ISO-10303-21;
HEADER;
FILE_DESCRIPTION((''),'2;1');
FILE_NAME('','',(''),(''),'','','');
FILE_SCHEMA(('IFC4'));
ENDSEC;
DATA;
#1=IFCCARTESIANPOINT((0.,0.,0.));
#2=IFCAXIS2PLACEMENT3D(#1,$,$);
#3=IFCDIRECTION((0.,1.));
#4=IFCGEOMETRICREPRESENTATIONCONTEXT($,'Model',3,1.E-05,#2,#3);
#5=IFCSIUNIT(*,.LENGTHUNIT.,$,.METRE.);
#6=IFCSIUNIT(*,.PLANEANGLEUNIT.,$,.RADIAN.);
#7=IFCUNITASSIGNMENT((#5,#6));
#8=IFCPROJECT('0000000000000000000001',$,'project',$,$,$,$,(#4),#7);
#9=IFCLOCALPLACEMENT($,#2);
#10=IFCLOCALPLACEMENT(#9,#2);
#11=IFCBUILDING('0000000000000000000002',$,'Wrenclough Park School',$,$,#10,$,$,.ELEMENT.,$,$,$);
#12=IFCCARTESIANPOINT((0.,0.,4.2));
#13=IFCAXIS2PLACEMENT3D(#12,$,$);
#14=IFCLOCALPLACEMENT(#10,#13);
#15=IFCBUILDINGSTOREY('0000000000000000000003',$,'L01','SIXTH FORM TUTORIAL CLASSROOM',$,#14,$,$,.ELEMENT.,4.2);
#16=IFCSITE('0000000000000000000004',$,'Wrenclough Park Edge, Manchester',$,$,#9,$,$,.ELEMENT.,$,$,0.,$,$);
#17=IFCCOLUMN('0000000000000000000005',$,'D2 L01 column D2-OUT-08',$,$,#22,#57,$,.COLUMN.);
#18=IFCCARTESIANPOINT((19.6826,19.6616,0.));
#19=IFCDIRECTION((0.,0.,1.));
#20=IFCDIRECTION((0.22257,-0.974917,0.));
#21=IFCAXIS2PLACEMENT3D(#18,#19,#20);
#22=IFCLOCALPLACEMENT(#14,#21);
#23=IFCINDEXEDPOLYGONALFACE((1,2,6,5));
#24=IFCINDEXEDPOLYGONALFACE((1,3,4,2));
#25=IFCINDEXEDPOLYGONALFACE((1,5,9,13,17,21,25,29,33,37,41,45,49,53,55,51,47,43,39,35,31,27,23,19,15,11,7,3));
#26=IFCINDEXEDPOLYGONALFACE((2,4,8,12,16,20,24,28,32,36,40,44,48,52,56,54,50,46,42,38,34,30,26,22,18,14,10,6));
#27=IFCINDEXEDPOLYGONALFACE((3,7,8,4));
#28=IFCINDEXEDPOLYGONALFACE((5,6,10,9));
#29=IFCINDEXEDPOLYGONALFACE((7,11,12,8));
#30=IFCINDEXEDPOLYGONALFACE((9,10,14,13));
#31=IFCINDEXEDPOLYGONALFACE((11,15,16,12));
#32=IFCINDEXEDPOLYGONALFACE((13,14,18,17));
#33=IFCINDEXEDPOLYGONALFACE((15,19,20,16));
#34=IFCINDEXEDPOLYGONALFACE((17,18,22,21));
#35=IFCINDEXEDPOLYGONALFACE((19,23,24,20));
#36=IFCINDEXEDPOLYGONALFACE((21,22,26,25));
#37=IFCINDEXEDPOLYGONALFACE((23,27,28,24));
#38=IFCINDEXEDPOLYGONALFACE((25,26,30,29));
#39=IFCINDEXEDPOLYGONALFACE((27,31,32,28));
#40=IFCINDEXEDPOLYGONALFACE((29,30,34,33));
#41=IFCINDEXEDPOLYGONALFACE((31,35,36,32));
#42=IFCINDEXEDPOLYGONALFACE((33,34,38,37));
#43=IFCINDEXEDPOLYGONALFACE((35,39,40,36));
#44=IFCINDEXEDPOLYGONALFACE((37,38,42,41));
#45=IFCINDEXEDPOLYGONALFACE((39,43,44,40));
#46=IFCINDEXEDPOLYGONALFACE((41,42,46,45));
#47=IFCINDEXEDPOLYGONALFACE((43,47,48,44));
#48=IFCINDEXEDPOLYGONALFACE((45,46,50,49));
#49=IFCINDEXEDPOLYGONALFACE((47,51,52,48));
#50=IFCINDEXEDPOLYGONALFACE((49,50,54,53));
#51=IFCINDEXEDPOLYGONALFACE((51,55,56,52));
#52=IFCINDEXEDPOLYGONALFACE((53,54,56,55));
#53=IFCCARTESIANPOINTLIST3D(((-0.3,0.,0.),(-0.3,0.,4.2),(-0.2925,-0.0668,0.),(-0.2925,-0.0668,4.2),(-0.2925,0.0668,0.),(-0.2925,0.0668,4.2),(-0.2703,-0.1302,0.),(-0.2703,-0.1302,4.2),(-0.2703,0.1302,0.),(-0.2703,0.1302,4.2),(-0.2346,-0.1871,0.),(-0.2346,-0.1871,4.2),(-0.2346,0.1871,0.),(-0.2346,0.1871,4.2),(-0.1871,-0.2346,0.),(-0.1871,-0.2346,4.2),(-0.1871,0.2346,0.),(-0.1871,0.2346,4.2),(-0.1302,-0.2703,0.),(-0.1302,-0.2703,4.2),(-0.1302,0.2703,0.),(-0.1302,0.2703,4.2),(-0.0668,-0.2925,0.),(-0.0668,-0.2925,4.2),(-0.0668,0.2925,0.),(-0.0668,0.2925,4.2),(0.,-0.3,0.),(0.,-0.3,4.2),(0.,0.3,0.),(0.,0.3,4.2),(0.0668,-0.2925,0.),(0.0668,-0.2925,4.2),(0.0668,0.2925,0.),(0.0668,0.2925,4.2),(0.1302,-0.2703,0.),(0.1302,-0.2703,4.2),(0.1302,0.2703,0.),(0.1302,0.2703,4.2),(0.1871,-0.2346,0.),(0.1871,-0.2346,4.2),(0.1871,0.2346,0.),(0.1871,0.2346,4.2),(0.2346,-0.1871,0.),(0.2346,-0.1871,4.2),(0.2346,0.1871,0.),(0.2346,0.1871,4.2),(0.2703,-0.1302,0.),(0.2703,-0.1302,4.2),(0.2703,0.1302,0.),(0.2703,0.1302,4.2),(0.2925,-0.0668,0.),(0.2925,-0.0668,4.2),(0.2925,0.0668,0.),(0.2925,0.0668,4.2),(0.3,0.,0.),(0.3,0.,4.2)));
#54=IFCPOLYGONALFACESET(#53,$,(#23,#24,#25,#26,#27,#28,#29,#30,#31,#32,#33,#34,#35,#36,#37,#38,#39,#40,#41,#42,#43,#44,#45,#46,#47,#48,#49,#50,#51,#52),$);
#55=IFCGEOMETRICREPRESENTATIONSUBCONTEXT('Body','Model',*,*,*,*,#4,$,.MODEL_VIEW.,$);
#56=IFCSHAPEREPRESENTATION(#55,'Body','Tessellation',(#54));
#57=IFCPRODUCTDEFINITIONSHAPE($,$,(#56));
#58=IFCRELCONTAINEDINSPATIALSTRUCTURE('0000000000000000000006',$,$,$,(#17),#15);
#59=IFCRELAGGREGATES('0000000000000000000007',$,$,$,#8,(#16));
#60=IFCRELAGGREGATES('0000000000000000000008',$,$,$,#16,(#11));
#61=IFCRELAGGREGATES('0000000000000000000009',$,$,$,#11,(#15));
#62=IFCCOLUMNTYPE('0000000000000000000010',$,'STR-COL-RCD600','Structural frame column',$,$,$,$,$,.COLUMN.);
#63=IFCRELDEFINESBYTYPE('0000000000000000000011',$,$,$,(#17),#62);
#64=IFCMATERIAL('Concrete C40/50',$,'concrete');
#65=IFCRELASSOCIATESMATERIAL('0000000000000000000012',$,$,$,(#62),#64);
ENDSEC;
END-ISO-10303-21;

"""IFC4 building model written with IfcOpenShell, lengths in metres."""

from ifc_helpers import new_model, si_unit, direction, frame, origin, origin_2d, place, context, subcontext, project, spatial, circle, extrude, material, material_profile, profile_set, type_object, element, save


model = new_model("IFC4")

# Units and contexts
model_context = context("Model", 3, precision=1e-05, world=origin(), true_north=direction((0.0, 1.0)))
body_context = subcontext(model_context, "Body", "Model", "MODEL_VIEW")
ifc_project = project(units=[si_unit("LENGTHUNIT", "METRE"), si_unit("PLANEANGLEUNIT", "RADIAN")], contexts=[model_context])

# Site, building, storey
site_placement = place(None, origin())
site = spatial("IfcSite", under=ifc_project, at=site_placement, Name="Wrenclough Park Edge, Manchester", CompositionType="ELEMENT", RefElevation=0.0)
building_placement = place(site_placement, origin())
building = spatial("IfcBuilding", under=site, at=building_placement, Name="Wrenclough Park School", CompositionType="ELEMENT")
storey_placement = place(building_placement, frame((0.0, 0.0, 4.2)))
storey = spatial("IfcBuildingStorey", under=building, at=storey_placement, Name="L01", Description="SIXTH FORM TUTORIAL CLASSROOM", CompositionType="ELEMENT", Elevation=4.2)

# Column
ifc_material_1 = material(Name="Concrete C40/50", Category="concrete")
ifc_material_profile_1 = material_profile(ifc_material_1, circle(Radius=0.3, at=origin_2d()), Name="RC COL D600")
ifc_profile_set_1 = profile_set([ifc_material_profile_1], Name="Concrete C40/50")
column_type = type_object("IfcColumnType", Name="STR-COL-RCD600", Description="Structural frame column", PredefinedType="COLUMN", material=ifc_profile_set_1)
column_placement = place(storey_placement, frame((19.6826, 19.6616, 0.0), z_axis=(0.0, 0.0, 1.0), x_axis=(0.22257, -0.974917, 0.0)))
element("IfcColumn", 1, at=column_placement, inside=storey, type_object=column_type, Name="D2 L01 column D2-OUT-08", PredefinedType="COLUMN", context=body_context, shape_type="SweptSolid", body=[
    extrude(circle(Radius=0.3, at=origin_2d()), origin(), (0.0, 0.0, 1.0), 4.2),
])

save(model, "model.ifc")
